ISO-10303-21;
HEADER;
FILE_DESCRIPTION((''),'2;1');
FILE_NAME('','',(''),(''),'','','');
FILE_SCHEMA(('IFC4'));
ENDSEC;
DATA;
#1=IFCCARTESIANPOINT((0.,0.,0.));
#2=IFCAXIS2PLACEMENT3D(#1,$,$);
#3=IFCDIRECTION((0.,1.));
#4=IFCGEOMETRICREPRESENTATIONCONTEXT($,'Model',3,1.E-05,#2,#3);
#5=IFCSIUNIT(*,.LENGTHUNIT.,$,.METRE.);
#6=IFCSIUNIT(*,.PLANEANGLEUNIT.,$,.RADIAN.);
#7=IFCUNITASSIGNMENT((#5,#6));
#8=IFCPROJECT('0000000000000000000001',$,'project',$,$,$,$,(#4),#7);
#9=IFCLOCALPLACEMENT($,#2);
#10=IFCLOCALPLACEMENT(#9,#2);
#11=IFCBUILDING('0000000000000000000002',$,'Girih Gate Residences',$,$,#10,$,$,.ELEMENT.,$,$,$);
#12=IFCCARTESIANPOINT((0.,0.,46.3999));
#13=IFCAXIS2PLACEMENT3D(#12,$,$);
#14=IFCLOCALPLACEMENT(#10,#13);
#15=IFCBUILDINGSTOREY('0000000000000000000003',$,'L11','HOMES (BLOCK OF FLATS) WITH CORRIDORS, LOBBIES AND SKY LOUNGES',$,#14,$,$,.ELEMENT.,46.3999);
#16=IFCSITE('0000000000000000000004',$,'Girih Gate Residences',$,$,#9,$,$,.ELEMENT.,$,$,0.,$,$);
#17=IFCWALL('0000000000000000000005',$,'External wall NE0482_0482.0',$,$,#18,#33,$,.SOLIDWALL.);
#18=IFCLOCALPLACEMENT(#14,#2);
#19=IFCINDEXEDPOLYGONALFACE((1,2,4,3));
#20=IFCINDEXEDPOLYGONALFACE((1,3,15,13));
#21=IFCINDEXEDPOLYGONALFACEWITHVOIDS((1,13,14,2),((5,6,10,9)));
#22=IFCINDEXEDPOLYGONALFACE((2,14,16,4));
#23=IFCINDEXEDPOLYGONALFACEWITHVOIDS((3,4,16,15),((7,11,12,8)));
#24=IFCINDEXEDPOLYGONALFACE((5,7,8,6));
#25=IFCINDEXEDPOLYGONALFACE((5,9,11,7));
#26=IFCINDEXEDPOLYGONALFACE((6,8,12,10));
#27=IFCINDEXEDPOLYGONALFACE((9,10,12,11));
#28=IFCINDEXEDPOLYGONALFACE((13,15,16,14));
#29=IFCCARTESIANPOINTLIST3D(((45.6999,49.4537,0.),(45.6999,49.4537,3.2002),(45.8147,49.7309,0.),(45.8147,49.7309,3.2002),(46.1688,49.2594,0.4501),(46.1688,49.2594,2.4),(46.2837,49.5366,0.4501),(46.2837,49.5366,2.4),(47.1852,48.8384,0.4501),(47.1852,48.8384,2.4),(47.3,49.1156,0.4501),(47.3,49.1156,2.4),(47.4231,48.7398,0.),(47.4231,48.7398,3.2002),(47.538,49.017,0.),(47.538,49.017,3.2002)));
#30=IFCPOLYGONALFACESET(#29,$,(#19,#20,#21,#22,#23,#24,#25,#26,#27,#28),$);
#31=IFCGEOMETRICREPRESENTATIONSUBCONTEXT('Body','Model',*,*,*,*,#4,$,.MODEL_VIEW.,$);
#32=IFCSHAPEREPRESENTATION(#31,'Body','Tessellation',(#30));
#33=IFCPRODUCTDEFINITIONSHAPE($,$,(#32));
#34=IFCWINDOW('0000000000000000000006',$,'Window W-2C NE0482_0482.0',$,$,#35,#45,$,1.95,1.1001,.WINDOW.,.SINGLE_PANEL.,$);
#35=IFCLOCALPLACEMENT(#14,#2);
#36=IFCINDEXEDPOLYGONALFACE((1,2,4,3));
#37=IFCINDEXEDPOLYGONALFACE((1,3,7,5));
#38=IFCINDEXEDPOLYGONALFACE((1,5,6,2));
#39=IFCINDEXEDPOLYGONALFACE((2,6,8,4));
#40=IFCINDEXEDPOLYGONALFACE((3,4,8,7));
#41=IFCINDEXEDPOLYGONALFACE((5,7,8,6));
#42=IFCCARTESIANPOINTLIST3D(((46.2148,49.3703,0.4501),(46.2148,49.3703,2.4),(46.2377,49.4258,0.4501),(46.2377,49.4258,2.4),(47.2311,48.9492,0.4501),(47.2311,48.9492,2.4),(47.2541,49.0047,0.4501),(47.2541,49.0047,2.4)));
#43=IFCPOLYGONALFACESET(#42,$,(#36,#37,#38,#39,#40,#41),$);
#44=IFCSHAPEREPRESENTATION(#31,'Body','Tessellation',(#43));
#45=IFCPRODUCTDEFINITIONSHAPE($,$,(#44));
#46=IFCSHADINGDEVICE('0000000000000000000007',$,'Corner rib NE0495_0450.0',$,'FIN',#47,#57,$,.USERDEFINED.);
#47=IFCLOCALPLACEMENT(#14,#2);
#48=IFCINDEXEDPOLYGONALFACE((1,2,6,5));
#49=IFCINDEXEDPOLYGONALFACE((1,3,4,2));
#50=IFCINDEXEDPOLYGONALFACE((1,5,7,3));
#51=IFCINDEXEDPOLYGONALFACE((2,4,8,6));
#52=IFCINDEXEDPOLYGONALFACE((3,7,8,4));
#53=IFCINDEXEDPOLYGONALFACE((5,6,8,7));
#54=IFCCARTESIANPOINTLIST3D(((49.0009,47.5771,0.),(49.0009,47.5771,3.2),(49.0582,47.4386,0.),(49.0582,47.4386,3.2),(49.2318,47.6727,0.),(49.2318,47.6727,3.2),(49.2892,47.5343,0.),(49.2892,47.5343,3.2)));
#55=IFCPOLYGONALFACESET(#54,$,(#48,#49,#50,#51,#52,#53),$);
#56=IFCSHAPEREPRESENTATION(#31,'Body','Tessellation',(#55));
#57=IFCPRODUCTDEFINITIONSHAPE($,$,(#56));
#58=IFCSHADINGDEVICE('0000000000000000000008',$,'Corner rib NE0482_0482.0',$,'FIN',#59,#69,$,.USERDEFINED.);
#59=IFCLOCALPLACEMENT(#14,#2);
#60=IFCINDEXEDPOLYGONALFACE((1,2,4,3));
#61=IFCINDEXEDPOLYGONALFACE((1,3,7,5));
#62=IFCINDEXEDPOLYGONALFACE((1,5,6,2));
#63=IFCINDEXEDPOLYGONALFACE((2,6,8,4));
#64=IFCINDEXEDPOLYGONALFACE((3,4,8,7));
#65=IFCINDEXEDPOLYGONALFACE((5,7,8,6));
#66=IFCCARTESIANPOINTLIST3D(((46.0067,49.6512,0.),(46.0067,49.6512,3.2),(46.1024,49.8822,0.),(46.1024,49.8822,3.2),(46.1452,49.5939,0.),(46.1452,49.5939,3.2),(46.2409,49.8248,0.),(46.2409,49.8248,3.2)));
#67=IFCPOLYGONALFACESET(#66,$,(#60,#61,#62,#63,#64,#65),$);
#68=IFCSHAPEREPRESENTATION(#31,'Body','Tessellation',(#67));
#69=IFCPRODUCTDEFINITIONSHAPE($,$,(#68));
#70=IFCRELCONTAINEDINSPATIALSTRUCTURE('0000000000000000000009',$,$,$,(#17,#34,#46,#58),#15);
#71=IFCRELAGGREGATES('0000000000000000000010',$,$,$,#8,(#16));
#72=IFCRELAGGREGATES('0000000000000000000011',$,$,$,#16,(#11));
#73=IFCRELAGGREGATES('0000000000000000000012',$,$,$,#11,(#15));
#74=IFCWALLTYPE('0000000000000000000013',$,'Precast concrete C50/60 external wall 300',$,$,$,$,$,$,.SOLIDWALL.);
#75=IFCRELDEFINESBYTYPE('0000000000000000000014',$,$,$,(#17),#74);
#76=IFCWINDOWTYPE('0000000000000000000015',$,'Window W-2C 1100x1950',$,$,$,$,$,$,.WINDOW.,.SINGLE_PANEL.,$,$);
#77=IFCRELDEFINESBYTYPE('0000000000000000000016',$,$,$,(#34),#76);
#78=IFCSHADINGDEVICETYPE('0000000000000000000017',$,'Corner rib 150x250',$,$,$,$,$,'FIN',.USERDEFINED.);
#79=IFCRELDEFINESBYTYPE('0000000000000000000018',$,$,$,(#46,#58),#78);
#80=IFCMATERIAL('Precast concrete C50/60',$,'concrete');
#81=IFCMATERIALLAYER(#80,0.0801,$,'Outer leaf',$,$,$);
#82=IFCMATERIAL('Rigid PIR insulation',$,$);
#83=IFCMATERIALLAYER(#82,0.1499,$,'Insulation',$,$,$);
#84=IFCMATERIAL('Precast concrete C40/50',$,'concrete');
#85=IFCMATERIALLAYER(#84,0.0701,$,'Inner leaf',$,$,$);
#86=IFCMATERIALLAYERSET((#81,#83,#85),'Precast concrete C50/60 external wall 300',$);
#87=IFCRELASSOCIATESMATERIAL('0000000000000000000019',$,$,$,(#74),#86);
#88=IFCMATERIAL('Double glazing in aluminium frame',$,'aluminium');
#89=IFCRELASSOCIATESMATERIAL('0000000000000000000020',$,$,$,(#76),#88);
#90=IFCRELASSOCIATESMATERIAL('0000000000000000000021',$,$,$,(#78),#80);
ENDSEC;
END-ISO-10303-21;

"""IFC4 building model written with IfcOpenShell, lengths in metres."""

from ifc_helpers import new_model, si_unit, direction, frame, frame_2d, origin, origin_2d, place, context, subcontext, project, spatial, rectangle, extrude, material, layer, layer_set, type_object, element, fill, save


model = new_model("IFC4")

# Units and contexts
model_context = context("Model", 3, precision=1e-05, world=origin(), true_north=direction((0.0, 1.0)))
body_context = subcontext(model_context, "Body", "Model", "MODEL_VIEW")
ifc_project = project(units=[si_unit("LENGTHUNIT", "METRE"), si_unit("PLANEANGLEUNIT", "RADIAN")], contexts=[model_context])

# Site, building, storey
site_placement = place(None, origin())
site = spatial("IfcSite", under=ifc_project, at=site_placement, Name="Girih Gate Residences", CompositionType="ELEMENT", RefElevation=0.0)
building_placement = place(site_placement, origin())
building = spatial("IfcBuilding", under=site, at=building_placement, Name="Girih Gate Residences", CompositionType="ELEMENT")
storey_placement = place(building_placement, frame((0.0, 0.0, 46.3999)))
storey = spatial("IfcBuildingStorey", under=building, at=storey_placement, Name="L11", Description="HOMES (BLOCK OF FLATS) WITH CORRIDORS, LOBBIES AND SKY LOUNGES", CompositionType="ELEMENT", Elevation=46.3999)

# Wall, opening, window
ifc_material_1 = material(Name="Precast concrete C50/60", Category="concrete")
ifc_layer_1 = layer(ifc_material_1, 0.0801, Name="Outer leaf")
ifc_material_2 = material(Name="Rigid PIR insulation")
ifc_layer_2 = layer(ifc_material_2, 0.1499, Name="Insulation")
ifc_material_3 = material(Name="Precast concrete C40/50", Category="concrete")
ifc_layer_3 = layer(ifc_material_3, 0.0701, Name="Inner leaf")
ifc_layer_set_1 = layer_set([ifc_layer_1, ifc_layer_2, ifc_layer_3], Name="Precast concrete C50/60 external wall 300")
wall_type_1 = type_object("IfcWallType", Name="Precast concrete C50/60 external wall 300", PredefinedType="SOLIDWALL", material=ifc_layer_set_1)
ifc_material_4 = material(Name="Double glazing in aluminium frame", Category="aluminium")
window_type_1 = type_object("IfcWindowType", Name="Window W-2C 1100x1950", PartitioningType="SINGLE_PANEL", PredefinedType="WINDOW", material=ifc_material_4)
wall_1_placement = place(storey_placement, frame((45.7573, 49.5923, 0.0), z_axis=(0.0, 0.0, 1.0), x_axis=(0.923857, -0.382737, 0.0)))
wall_1 = element("IfcWall", 1, at=wall_1_placement, inside=storey, type_object=wall_type_1, Name="External wall NE0482_0482.0", PredefinedType="SOLIDWALL", context=body_context, shape_type="SweptSolid", body=[
    extrude(rectangle(XDim=1.8652, YDim=0.3, at=frame_2d((0.9326, 0.0))), origin(), (0.0, 0.0, 1.0), 3.2002),
])
opening_1_placement = place(wall_1_placement, frame((0.5076, 0.0, 0.45)))
opening_1 = element("IfcOpeningElement", 2, at=opening_1_placement, cuts=wall_1, PredefinedType="OPENING", context=body_context, shape_type="SweptSolid", body=[
    extrude(rectangle(XDim=1.1001, YDim=1.95, at=frame_2d((0.55, 0.9751))), frame((0.0, 0.1599, 0.0), z_axis=(0.0, -1.0, 0.0), x_axis=(1.0, 0.0, 0.0)), (0.0, 0.0, 1.0), 0.3201),
])
window_1_placement = place(opening_1_placement, origin())
window_1 = element("IfcWindow", 3, at=window_1_placement, inside=storey, type_object=window_type_1, Name="Window W-2C NE0482_0482.0", OverallHeight=1.95, OverallWidth=1.1001, PartitioningType="SINGLE_PANEL", PredefinedType="WINDOW", context=body_context, shape_type="SweptSolid", body=[
    extrude(rectangle(XDim=1.1001, YDim=1.95, at=frame_2d((0.55, 0.9751))), frame((0.0, 0.03, 0.0), z_axis=(0.0, -1.0, 0.0), x_axis=(1.0, 0.0, 0.0)), (0.0, 0.0, 1.0), 0.0601),
])
fill(opening_1, window_1)

# Shading devices
shading_device_type = type_object("IfcShadingDeviceType", Name="Corner rib 150x250", ElementType="FIN", PredefinedType="USERDEFINED", material=ifc_material_1)
for number, where, z_axis, x_axis, name in (
    (4, (49.145, 47.5557, 0.0), (0.0, 0.0, 1.0), (-0.382683, 0.92388, 0.0), "Corner rib NE0495_0450.0"),
    (5, (46.1238, 49.738, 0.0), (0.0, 0.0, 1.0), (-0.92388, 0.382683, 0.0), "Corner rib NE0482_0482.0"),
):
    element("IfcShadingDevice", number, at=place(storey_placement, frame(where, z_axis=z_axis, x_axis=x_axis)), inside=storey, type_object=shading_device_type, Name=name, ObjectType="FIN", PredefinedType="USERDEFINED", context=body_context, shape_type="SweptSolid", body=[
        extrude(rectangle(XDim=0.1499, YDim=0.25, at=origin_2d()), origin(), (0.0, 0.0, 1.0), 3.2),
    ])

save(model, "model.ifc")
